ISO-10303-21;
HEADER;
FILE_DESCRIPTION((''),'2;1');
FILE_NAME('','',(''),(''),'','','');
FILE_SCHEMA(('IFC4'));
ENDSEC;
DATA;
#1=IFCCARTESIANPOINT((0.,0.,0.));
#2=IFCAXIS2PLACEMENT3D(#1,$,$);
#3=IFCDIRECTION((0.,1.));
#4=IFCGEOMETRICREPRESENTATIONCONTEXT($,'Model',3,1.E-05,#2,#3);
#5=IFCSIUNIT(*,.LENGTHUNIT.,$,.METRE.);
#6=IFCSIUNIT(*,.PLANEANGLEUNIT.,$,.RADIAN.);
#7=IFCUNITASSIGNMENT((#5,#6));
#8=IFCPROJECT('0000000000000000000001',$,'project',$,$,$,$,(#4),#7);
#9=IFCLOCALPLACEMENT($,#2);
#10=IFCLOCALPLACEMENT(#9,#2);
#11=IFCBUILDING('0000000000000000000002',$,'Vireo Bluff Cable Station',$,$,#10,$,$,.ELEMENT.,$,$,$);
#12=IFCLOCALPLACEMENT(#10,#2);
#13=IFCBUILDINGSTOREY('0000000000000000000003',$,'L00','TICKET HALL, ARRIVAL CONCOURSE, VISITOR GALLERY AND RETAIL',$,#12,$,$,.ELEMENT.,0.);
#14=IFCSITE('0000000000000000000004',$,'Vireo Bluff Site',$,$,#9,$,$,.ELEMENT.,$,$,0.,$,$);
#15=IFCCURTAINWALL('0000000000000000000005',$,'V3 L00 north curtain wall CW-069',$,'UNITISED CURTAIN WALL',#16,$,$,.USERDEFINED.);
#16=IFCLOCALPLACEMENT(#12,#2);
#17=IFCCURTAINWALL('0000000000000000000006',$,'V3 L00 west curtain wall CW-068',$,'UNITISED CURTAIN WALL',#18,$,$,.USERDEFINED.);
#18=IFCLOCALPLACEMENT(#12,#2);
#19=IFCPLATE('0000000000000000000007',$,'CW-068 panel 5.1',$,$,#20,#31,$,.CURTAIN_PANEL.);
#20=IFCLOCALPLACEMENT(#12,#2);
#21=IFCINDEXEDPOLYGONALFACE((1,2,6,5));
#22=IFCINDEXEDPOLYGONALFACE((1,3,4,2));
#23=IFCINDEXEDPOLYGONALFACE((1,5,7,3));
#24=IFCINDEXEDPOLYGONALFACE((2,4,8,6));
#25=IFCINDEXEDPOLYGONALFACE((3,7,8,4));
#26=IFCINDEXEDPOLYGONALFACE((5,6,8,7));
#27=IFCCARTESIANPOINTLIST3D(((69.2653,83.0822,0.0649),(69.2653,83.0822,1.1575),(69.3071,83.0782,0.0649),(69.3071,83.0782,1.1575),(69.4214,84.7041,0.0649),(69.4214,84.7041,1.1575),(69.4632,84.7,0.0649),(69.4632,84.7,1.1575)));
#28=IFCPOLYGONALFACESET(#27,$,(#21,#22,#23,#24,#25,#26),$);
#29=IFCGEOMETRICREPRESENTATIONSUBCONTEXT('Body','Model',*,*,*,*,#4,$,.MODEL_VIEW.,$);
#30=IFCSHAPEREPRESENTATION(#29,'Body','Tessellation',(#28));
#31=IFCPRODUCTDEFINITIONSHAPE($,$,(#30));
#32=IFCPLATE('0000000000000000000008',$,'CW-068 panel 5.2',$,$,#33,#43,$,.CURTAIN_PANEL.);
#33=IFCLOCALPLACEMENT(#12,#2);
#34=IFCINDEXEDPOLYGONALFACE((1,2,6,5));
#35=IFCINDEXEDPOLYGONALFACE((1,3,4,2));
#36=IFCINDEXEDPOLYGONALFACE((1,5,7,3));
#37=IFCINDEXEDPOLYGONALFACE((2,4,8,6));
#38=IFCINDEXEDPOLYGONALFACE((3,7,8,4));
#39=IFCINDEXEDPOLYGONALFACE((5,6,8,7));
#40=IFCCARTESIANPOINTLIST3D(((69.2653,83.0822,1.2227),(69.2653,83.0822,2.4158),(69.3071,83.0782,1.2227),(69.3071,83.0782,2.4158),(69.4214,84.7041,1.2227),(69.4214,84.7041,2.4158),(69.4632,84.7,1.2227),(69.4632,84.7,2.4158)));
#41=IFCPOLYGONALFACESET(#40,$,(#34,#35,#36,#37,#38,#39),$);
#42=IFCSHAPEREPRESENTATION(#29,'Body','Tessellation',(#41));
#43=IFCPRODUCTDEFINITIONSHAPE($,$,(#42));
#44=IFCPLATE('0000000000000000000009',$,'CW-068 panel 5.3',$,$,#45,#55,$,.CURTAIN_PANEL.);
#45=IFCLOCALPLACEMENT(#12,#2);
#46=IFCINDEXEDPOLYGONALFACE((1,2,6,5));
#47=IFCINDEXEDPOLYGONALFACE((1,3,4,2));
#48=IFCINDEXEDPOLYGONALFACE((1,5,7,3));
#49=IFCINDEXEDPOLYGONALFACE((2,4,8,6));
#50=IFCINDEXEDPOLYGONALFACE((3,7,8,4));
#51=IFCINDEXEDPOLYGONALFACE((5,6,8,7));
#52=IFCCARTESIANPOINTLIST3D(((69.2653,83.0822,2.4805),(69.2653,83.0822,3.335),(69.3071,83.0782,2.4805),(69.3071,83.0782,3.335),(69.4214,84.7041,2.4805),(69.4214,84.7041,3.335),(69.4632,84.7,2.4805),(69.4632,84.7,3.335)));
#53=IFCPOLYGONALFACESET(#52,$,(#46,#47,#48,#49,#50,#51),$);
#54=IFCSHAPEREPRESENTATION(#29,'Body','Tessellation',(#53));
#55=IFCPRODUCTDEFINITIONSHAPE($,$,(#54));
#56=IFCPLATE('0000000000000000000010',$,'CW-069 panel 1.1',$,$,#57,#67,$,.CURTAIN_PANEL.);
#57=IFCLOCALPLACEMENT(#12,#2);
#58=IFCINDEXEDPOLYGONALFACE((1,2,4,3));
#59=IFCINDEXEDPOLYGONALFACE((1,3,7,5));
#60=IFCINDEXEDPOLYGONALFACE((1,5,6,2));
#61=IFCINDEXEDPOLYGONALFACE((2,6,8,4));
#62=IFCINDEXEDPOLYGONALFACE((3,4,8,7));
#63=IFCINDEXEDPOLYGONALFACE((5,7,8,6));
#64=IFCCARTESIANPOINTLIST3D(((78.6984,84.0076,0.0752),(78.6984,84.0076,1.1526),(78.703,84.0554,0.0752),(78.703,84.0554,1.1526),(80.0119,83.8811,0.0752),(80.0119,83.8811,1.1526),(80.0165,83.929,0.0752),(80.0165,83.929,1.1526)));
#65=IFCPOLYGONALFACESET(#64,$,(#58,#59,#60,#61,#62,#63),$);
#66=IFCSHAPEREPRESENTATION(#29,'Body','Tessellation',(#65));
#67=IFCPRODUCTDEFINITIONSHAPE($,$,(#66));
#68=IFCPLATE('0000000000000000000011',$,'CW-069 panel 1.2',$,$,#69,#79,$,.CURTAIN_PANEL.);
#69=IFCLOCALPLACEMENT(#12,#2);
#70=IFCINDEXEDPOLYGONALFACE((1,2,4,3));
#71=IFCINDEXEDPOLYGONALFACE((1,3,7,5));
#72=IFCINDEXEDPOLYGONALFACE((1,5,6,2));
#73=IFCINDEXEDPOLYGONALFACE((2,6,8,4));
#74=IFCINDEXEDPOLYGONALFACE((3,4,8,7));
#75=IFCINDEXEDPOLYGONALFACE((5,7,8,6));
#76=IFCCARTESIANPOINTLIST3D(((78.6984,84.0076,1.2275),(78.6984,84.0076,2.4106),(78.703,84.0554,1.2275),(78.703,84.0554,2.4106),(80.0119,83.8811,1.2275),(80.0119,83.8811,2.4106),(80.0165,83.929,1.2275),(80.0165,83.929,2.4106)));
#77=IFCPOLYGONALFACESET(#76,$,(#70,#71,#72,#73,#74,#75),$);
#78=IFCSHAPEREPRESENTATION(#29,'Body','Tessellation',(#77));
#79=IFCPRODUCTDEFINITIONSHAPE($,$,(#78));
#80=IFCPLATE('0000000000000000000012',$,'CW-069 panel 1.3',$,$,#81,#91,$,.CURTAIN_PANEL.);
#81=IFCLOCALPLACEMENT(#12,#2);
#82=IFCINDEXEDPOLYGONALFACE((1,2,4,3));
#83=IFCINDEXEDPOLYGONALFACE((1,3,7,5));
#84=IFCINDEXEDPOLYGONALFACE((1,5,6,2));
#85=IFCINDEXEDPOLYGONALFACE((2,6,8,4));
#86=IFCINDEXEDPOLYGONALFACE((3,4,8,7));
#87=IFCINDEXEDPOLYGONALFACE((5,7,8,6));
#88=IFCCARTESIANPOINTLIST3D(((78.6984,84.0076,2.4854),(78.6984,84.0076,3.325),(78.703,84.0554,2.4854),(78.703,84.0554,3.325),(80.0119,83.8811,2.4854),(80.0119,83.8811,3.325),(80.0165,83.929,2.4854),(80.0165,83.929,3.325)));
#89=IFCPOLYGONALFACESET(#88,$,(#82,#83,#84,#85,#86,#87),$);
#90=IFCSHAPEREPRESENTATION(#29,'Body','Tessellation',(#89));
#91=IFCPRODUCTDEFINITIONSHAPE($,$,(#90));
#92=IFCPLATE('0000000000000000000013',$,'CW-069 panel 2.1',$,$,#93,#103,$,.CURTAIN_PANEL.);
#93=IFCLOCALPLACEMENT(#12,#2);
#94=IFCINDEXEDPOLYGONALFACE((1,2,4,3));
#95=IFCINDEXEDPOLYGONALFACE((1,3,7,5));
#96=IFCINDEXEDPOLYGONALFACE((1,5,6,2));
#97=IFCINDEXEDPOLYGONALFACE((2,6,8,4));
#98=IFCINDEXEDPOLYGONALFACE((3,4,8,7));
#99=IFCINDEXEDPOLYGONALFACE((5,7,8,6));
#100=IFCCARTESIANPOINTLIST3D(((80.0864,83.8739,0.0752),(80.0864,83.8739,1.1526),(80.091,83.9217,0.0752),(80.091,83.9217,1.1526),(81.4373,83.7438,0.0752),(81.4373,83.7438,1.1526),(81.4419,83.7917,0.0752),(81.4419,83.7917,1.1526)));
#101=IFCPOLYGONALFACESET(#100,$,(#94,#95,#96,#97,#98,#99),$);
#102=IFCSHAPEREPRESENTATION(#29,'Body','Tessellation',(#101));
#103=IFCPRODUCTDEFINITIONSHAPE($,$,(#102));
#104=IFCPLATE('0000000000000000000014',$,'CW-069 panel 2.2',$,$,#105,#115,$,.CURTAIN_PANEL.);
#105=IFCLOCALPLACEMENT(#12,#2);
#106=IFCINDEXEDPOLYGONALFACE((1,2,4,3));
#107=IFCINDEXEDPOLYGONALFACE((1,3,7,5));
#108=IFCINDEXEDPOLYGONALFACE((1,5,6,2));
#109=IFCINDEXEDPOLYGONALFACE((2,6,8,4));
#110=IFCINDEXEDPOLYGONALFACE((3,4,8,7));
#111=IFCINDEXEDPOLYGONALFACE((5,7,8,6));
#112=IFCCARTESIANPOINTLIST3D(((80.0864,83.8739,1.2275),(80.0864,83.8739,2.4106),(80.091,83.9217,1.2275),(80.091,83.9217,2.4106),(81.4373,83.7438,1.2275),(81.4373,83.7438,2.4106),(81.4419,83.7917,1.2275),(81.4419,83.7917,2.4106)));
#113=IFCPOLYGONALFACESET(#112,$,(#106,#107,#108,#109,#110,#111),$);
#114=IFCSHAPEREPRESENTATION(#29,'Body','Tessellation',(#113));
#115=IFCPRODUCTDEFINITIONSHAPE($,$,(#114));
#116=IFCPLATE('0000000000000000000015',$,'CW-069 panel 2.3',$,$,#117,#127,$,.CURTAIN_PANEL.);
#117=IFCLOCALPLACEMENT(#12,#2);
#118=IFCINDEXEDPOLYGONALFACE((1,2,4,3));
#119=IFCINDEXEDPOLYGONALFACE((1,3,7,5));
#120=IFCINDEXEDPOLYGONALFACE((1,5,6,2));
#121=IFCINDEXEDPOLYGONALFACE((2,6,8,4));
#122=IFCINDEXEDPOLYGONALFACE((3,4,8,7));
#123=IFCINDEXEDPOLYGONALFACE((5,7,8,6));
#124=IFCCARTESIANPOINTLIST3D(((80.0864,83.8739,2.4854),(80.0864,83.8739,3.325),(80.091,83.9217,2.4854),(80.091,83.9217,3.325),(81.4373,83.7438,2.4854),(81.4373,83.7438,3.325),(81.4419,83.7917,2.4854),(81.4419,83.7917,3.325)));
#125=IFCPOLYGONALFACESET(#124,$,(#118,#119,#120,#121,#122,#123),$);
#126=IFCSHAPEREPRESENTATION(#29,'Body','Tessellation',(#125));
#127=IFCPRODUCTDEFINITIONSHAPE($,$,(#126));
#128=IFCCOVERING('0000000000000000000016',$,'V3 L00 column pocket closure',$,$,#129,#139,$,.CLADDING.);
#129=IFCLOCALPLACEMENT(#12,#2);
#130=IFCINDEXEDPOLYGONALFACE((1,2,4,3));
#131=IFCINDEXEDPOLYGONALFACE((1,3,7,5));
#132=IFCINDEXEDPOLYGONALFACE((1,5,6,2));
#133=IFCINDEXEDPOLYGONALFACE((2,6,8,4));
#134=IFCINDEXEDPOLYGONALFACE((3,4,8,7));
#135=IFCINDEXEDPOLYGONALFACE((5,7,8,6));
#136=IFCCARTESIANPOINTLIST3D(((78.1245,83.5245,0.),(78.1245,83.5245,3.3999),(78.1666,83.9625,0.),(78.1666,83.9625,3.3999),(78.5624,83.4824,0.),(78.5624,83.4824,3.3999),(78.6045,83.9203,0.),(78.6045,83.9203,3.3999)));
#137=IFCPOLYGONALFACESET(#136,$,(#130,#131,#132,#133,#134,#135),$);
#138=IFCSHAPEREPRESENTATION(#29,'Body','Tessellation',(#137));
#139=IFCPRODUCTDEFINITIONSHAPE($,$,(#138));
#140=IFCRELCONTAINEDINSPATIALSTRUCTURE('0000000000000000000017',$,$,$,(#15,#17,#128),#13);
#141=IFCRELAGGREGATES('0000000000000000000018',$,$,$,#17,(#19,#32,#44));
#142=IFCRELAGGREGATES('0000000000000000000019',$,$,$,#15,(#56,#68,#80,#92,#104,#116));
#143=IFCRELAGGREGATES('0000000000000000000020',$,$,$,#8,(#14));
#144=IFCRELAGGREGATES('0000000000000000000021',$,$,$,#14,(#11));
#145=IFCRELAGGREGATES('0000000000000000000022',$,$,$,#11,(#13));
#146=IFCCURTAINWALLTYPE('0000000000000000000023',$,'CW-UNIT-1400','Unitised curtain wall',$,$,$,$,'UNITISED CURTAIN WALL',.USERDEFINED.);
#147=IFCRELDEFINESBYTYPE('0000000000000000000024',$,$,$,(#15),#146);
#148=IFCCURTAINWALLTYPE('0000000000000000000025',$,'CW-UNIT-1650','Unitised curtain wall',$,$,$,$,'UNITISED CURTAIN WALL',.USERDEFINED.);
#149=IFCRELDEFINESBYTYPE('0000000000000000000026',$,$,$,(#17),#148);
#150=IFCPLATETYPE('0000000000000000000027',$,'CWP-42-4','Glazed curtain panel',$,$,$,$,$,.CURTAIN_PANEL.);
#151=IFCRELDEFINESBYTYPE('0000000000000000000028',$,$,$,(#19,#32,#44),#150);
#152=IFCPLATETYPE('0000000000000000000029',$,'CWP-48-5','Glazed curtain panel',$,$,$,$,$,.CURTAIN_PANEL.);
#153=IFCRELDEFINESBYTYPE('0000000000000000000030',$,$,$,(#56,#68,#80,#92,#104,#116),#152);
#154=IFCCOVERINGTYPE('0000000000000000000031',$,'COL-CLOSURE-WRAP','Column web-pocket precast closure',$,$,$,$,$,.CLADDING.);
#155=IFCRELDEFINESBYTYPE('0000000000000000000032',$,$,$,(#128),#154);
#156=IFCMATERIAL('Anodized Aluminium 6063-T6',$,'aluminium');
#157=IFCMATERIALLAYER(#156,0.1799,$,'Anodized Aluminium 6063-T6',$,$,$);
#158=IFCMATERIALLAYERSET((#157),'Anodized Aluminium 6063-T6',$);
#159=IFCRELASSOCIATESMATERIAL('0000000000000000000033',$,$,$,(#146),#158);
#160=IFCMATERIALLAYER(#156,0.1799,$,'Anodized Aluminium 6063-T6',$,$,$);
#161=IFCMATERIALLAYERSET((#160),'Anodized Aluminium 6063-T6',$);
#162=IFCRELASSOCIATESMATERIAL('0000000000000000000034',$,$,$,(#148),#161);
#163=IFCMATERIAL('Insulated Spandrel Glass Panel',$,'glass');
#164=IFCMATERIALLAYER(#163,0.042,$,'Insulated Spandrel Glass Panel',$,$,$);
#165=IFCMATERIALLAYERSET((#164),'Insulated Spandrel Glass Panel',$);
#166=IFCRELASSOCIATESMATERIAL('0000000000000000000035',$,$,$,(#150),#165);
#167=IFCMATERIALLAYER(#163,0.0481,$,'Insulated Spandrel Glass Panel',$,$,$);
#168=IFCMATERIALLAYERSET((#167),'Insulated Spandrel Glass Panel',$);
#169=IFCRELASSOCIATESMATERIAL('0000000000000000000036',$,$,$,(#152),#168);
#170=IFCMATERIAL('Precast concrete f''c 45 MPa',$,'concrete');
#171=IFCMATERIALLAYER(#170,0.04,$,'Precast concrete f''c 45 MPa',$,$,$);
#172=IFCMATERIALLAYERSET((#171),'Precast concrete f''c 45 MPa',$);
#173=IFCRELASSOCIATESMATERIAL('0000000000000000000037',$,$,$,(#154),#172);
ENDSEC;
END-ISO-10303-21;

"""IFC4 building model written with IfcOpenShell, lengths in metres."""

from ifc_helpers import new_model, si_unit, direction, frame, origin, origin_2d, place, context, subcontext, project, spatial, rectangle, extrude, material, layer, layer_set, type_object, element, aggregate, save


model = new_model("IFC4")

# Units and contexts
model_context = context("Model", 3, precision=1e-05, world=origin(), true_north=direction((0.0, 1.0)))
body_context = subcontext(model_context, "Body", "Model", "MODEL_VIEW")
ifc_project = project(units=[si_unit("LENGTHUNIT", "METRE"), si_unit("PLANEANGLEUNIT", "RADIAN")], contexts=[model_context])

# Site, building, storey
site_placement = place(None, origin())
site = spatial("IfcSite", under=ifc_project, at=site_placement, Name="Vireo Bluff Site", CompositionType="ELEMENT", RefElevation=0.0)
building_placement = place(site_placement, origin())
building = spatial("IfcBuilding", under=site, at=building_placement, Name="Vireo Bluff Cable Station", CompositionType="ELEMENT")
storey_placement = place(building_placement, origin())
storey = spatial("IfcBuildingStorey", under=building, at=storey_placement, Name="L00", Description="TICKET HALL, ARRIVAL CONCOURSE, VISITOR GALLERY AND RETAIL", CompositionType="ELEMENT", Elevation=0.0)

# Curtain wall
ifc_material_1 = material(Name="Anodized Aluminium 6063-T6", Category="aluminium")
ifc_layer_1 = layer(ifc_material_1, 0.1799, Name="Anodized Aluminium 6063-T6")
ifc_layer_set_1 = layer_set([ifc_layer_1], Name="Anodized Aluminium 6063-T6")
curtain_wall_type_1 = type_object("IfcCurtainWallType", Name="CW-UNIT-1400", Description="Unitised curtain wall", ElementType="UNITISED CURTAIN WALL", PredefinedType="USERDEFINED", material=ifc_layer_set_1)
curtain_wall_1_placement = place(storey_placement, origin())
curtain_wall_1 = element("IfcCurtainWall", 1, at=curtain_wall_1_placement, inside=storey, type_object=curtain_wall_type_1, Name="V3 L00 north curtain wall CW-069", ObjectType="UNITISED CURTAIN WALL", PredefinedType="USERDEFINED")

# Curtain wall, plates
ifc_layer_2 = layer(ifc_material_1, 0.1799, Name="Anodized Aluminium 6063-T6")
ifc_layer_set_2 = layer_set([ifc_layer_2], Name="Anodized Aluminium 6063-T6")
curtain_wall_type_2 = type_object("IfcCurtainWallType", Name="CW-UNIT-1650", Description="Unitised curtain wall", ElementType="UNITISED CURTAIN WALL", PredefinedType="USERDEFINED", material=ifc_layer_set_2)
curtain_wall_2_placement = place(storey_placement, origin())
curtain_wall_2 = element("IfcCurtainWall", 2, at=curtain_wall_2_placement, inside=storey, type_object=curtain_wall_type_2, Name="V3 L00 west curtain wall CW-068", ObjectType="UNITISED CURTAIN WALL", PredefinedType="USERDEFINED")
ifc_material_2 = material(Name="Insulated Spandrel Glass Panel", Category="glass")
ifc_layer_3 = layer(ifc_material_2, 0.042, Name="Insulated Spandrel Glass Panel")
ifc_layer_set_3 = layer_set([ifc_layer_3], Name="Insulated Spandrel Glass Panel")
plate_type_1 = type_object("IfcPlateType", Name="CWP-42-4", Description="Glazed curtain panel", PredefinedType="CURTAIN_PANEL", material=ifc_layer_set_3)
plate_1_placement = place(storey_placement, frame((69.3643, 83.8911, 0.0649), z_axis=(0.0, 0.0, 1.0), x_axis=(0.095846, 0.995396, 0.0)))
plate_1 = element("IfcPlate", 3, at=plate_1_placement, type_object=plate_type_1, Name="CW-068 panel 5.1", PredefinedType="CURTAIN_PANEL", context=body_context, shape_type="SweptSolid", body=[
    extrude(rectangle(XDim=1.6294, YDim=0.042, at=origin_2d()), origin(), (0.0, 0.0, 1.0), 1.0925),
])
plate_2_placement = place(storey_placement, frame((69.3643, 83.8911, 1.2227), z_axis=(0.0, 0.0, 1.0), x_axis=(0.095846, 0.995396, 0.0)))
plate_2 = element("IfcPlate", 4, at=plate_2_placement, type_object=plate_type_1, Name="CW-068 panel 5.2", PredefinedType="CURTAIN_PANEL", context=body_context, shape_type="SweptSolid", body=[
    extrude(rectangle(XDim=1.6294, YDim=0.042, at=origin_2d()), origin(), (0.0, 0.0, 1.0), 1.1931),
])
plate_3_placement = place(storey_placement, frame((69.3643, 83.8911, 2.4805), z_axis=(0.0, 0.0, 1.0), x_axis=(0.095846, 0.995396, 0.0)))
plate_3 = element("IfcPlate", 5, at=plate_3_placement, type_object=plate_type_1, Name="CW-068 panel 5.3", PredefinedType="CURTAIN_PANEL", context=body_context, shape_type="SweptSolid", body=[
    extrude(rectangle(XDim=1.6294, YDim=0.042, at=origin_2d()), origin(), (0.0, 0.0, 1.0), 0.8545),
])
aggregate(curtain_wall_2, [plate_1, plate_2, plate_3])

# Plates
ifc_layer_4 = layer(ifc_material_2, 0.0481, Name="Insulated Spandrel Glass Panel")
ifc_layer_set_4 = layer_set([ifc_layer_4], Name="Insulated Spandrel Glass Panel")
plate_type_2 = type_object("IfcPlateType", Name="CWP-48-5", Description="Glazed curtain panel", PredefinedType="CURTAIN_PANEL", material=ifc_layer_set_4)
plate_4_placement = place(storey_placement, frame((79.3574, 83.9683, 0.0752), z_axis=(0.0, 0.0, 1.0), x_axis=(0.995396, -0.095846, 0.0)))
plate_4 = element("IfcPlate", 6, at=plate_4_placement, type_object=plate_type_2, Name="CW-069 panel 1.1", PredefinedType="CURTAIN_PANEL", context=body_context, shape_type="SweptSolid", body=[
    extrude(rectangle(XDim=1.3196, YDim=0.0481, at=origin_2d()), origin(), (0.0, 0.0, 1.0), 1.0774),
])
plate_5_placement = place(storey_placement, frame((79.3574, 83.9683, 1.2275), z_axis=(0.0, 0.0, 1.0), x_axis=(0.995396, -0.095846, 0.0)))
plate_5 = element("IfcPlate", 7, at=plate_5_placement, type_object=plate_type_2, Name="CW-069 panel 1.2", PredefinedType="CURTAIN_PANEL", context=body_context, shape_type="SweptSolid", body=[
    extrude(rectangle(XDim=1.3196, YDim=0.0481, at=origin_2d()), origin(), (0.0, 0.0, 1.0), 1.1831),
])
plate_6_placement = place(storey_placement, frame((79.3574, 83.9683, 2.4854), z_axis=(0.0, 0.0, 1.0), x_axis=(0.995396, -0.095846, 0.0)))
plate_6 = element("IfcPlate", 8, at=plate_6_placement, type_object=plate_type_2, Name="CW-069 panel 1.3", PredefinedType="CURTAIN_PANEL", context=body_context, shape_type="SweptSolid", body=[
    extrude(rectangle(XDim=1.3196, YDim=0.0481, at=origin_2d()), origin(), (0.0, 0.0, 1.0), 0.8396),
])
plate_7_placement = place(storey_placement, frame((80.7642, 83.8328, 0.0752), z_axis=(0.0, 0.0, 1.0), x_axis=(0.995396, -0.095846, 0.0)))
plate_7 = element("IfcPlate", 9, at=plate_7_placement, type_object=plate_type_2, Name="CW-069 panel 2.1", PredefinedType="CURTAIN_PANEL", context=body_context, shape_type="SweptSolid", body=[
    extrude(rectangle(XDim=1.3572, YDim=0.0481, at=origin_2d()), origin(), (0.0, 0.0, 1.0), 1.0774),
])
plate_8_placement = place(storey_placement, frame((80.7642, 83.8328, 1.2275), z_axis=(0.0, 0.0, 1.0), x_axis=(0.995396, -0.095846, 0.0)))
plate_8 = element("IfcPlate", 10, at=plate_8_placement, type_object=plate_type_2, Name="CW-069 panel 2.2", PredefinedType="CURTAIN_PANEL", context=body_context, shape_type="SweptSolid", body=[
    extrude(rectangle(XDim=1.3572, YDim=0.0481, at=origin_2d()), origin(), (0.0, 0.0, 1.0), 1.1831),
])
plate_9_placement = place(storey_placement, frame((80.7642, 83.8328, 2.4854), z_axis=(0.0, 0.0, 1.0), x_axis=(0.995396, -0.095846, 0.0)))
plate_9 = element("IfcPlate", 11, at=plate_9_placement, type_object=plate_type_2, Name="CW-069 panel 2.3", PredefinedType="CURTAIN_PANEL", context=body_context, shape_type="SweptSolid", body=[
    extrude(rectangle(XDim=1.3572, YDim=0.0481, at=origin_2d()), origin(), (0.0, 0.0, 1.0), 0.8396),
])
aggregate(curtain_wall_1, [plate_4, plate_5, plate_6, plate_7, plate_8, plate_9])

# Covering
ifc_material_3 = material(Name="Precast concrete f'c 45 MPa", Category="concrete")
ifc_layer_5 = layer(ifc_material_3, 0.04, Name="Precast concrete f'c 45 MPa")
ifc_layer_set_5 = layer_set([ifc_layer_5], Name="Precast concrete f'c 45 MPa")
covering_type = type_object("IfcCoveringType", Name="COL-CLOSURE-WRAP", Description="Column web-pocket precast closure", PredefinedType="CLADDING", material=ifc_layer_set_5)
covering_placement = place(storey_placement, frame((78.3645, 83.7224, 0.0), z_axis=(0.0, 0.0, 1.0), x_axis=(0.995396, -0.095846, 0.0)))
element("IfcCovering", 12, at=covering_placement, inside=storey, type_object=covering_type, Name="V3 L00 column pocket closure", PredefinedType="CLADDING", context=body_context, shape_type="SweptSolid", body=[
    extrude(rectangle(XDim=0.4399, YDim=0.4399, at=origin_2d()), origin(), (0.0, 0.0, 1.0), 3.3999),
])

save(model, "model.ifc")
